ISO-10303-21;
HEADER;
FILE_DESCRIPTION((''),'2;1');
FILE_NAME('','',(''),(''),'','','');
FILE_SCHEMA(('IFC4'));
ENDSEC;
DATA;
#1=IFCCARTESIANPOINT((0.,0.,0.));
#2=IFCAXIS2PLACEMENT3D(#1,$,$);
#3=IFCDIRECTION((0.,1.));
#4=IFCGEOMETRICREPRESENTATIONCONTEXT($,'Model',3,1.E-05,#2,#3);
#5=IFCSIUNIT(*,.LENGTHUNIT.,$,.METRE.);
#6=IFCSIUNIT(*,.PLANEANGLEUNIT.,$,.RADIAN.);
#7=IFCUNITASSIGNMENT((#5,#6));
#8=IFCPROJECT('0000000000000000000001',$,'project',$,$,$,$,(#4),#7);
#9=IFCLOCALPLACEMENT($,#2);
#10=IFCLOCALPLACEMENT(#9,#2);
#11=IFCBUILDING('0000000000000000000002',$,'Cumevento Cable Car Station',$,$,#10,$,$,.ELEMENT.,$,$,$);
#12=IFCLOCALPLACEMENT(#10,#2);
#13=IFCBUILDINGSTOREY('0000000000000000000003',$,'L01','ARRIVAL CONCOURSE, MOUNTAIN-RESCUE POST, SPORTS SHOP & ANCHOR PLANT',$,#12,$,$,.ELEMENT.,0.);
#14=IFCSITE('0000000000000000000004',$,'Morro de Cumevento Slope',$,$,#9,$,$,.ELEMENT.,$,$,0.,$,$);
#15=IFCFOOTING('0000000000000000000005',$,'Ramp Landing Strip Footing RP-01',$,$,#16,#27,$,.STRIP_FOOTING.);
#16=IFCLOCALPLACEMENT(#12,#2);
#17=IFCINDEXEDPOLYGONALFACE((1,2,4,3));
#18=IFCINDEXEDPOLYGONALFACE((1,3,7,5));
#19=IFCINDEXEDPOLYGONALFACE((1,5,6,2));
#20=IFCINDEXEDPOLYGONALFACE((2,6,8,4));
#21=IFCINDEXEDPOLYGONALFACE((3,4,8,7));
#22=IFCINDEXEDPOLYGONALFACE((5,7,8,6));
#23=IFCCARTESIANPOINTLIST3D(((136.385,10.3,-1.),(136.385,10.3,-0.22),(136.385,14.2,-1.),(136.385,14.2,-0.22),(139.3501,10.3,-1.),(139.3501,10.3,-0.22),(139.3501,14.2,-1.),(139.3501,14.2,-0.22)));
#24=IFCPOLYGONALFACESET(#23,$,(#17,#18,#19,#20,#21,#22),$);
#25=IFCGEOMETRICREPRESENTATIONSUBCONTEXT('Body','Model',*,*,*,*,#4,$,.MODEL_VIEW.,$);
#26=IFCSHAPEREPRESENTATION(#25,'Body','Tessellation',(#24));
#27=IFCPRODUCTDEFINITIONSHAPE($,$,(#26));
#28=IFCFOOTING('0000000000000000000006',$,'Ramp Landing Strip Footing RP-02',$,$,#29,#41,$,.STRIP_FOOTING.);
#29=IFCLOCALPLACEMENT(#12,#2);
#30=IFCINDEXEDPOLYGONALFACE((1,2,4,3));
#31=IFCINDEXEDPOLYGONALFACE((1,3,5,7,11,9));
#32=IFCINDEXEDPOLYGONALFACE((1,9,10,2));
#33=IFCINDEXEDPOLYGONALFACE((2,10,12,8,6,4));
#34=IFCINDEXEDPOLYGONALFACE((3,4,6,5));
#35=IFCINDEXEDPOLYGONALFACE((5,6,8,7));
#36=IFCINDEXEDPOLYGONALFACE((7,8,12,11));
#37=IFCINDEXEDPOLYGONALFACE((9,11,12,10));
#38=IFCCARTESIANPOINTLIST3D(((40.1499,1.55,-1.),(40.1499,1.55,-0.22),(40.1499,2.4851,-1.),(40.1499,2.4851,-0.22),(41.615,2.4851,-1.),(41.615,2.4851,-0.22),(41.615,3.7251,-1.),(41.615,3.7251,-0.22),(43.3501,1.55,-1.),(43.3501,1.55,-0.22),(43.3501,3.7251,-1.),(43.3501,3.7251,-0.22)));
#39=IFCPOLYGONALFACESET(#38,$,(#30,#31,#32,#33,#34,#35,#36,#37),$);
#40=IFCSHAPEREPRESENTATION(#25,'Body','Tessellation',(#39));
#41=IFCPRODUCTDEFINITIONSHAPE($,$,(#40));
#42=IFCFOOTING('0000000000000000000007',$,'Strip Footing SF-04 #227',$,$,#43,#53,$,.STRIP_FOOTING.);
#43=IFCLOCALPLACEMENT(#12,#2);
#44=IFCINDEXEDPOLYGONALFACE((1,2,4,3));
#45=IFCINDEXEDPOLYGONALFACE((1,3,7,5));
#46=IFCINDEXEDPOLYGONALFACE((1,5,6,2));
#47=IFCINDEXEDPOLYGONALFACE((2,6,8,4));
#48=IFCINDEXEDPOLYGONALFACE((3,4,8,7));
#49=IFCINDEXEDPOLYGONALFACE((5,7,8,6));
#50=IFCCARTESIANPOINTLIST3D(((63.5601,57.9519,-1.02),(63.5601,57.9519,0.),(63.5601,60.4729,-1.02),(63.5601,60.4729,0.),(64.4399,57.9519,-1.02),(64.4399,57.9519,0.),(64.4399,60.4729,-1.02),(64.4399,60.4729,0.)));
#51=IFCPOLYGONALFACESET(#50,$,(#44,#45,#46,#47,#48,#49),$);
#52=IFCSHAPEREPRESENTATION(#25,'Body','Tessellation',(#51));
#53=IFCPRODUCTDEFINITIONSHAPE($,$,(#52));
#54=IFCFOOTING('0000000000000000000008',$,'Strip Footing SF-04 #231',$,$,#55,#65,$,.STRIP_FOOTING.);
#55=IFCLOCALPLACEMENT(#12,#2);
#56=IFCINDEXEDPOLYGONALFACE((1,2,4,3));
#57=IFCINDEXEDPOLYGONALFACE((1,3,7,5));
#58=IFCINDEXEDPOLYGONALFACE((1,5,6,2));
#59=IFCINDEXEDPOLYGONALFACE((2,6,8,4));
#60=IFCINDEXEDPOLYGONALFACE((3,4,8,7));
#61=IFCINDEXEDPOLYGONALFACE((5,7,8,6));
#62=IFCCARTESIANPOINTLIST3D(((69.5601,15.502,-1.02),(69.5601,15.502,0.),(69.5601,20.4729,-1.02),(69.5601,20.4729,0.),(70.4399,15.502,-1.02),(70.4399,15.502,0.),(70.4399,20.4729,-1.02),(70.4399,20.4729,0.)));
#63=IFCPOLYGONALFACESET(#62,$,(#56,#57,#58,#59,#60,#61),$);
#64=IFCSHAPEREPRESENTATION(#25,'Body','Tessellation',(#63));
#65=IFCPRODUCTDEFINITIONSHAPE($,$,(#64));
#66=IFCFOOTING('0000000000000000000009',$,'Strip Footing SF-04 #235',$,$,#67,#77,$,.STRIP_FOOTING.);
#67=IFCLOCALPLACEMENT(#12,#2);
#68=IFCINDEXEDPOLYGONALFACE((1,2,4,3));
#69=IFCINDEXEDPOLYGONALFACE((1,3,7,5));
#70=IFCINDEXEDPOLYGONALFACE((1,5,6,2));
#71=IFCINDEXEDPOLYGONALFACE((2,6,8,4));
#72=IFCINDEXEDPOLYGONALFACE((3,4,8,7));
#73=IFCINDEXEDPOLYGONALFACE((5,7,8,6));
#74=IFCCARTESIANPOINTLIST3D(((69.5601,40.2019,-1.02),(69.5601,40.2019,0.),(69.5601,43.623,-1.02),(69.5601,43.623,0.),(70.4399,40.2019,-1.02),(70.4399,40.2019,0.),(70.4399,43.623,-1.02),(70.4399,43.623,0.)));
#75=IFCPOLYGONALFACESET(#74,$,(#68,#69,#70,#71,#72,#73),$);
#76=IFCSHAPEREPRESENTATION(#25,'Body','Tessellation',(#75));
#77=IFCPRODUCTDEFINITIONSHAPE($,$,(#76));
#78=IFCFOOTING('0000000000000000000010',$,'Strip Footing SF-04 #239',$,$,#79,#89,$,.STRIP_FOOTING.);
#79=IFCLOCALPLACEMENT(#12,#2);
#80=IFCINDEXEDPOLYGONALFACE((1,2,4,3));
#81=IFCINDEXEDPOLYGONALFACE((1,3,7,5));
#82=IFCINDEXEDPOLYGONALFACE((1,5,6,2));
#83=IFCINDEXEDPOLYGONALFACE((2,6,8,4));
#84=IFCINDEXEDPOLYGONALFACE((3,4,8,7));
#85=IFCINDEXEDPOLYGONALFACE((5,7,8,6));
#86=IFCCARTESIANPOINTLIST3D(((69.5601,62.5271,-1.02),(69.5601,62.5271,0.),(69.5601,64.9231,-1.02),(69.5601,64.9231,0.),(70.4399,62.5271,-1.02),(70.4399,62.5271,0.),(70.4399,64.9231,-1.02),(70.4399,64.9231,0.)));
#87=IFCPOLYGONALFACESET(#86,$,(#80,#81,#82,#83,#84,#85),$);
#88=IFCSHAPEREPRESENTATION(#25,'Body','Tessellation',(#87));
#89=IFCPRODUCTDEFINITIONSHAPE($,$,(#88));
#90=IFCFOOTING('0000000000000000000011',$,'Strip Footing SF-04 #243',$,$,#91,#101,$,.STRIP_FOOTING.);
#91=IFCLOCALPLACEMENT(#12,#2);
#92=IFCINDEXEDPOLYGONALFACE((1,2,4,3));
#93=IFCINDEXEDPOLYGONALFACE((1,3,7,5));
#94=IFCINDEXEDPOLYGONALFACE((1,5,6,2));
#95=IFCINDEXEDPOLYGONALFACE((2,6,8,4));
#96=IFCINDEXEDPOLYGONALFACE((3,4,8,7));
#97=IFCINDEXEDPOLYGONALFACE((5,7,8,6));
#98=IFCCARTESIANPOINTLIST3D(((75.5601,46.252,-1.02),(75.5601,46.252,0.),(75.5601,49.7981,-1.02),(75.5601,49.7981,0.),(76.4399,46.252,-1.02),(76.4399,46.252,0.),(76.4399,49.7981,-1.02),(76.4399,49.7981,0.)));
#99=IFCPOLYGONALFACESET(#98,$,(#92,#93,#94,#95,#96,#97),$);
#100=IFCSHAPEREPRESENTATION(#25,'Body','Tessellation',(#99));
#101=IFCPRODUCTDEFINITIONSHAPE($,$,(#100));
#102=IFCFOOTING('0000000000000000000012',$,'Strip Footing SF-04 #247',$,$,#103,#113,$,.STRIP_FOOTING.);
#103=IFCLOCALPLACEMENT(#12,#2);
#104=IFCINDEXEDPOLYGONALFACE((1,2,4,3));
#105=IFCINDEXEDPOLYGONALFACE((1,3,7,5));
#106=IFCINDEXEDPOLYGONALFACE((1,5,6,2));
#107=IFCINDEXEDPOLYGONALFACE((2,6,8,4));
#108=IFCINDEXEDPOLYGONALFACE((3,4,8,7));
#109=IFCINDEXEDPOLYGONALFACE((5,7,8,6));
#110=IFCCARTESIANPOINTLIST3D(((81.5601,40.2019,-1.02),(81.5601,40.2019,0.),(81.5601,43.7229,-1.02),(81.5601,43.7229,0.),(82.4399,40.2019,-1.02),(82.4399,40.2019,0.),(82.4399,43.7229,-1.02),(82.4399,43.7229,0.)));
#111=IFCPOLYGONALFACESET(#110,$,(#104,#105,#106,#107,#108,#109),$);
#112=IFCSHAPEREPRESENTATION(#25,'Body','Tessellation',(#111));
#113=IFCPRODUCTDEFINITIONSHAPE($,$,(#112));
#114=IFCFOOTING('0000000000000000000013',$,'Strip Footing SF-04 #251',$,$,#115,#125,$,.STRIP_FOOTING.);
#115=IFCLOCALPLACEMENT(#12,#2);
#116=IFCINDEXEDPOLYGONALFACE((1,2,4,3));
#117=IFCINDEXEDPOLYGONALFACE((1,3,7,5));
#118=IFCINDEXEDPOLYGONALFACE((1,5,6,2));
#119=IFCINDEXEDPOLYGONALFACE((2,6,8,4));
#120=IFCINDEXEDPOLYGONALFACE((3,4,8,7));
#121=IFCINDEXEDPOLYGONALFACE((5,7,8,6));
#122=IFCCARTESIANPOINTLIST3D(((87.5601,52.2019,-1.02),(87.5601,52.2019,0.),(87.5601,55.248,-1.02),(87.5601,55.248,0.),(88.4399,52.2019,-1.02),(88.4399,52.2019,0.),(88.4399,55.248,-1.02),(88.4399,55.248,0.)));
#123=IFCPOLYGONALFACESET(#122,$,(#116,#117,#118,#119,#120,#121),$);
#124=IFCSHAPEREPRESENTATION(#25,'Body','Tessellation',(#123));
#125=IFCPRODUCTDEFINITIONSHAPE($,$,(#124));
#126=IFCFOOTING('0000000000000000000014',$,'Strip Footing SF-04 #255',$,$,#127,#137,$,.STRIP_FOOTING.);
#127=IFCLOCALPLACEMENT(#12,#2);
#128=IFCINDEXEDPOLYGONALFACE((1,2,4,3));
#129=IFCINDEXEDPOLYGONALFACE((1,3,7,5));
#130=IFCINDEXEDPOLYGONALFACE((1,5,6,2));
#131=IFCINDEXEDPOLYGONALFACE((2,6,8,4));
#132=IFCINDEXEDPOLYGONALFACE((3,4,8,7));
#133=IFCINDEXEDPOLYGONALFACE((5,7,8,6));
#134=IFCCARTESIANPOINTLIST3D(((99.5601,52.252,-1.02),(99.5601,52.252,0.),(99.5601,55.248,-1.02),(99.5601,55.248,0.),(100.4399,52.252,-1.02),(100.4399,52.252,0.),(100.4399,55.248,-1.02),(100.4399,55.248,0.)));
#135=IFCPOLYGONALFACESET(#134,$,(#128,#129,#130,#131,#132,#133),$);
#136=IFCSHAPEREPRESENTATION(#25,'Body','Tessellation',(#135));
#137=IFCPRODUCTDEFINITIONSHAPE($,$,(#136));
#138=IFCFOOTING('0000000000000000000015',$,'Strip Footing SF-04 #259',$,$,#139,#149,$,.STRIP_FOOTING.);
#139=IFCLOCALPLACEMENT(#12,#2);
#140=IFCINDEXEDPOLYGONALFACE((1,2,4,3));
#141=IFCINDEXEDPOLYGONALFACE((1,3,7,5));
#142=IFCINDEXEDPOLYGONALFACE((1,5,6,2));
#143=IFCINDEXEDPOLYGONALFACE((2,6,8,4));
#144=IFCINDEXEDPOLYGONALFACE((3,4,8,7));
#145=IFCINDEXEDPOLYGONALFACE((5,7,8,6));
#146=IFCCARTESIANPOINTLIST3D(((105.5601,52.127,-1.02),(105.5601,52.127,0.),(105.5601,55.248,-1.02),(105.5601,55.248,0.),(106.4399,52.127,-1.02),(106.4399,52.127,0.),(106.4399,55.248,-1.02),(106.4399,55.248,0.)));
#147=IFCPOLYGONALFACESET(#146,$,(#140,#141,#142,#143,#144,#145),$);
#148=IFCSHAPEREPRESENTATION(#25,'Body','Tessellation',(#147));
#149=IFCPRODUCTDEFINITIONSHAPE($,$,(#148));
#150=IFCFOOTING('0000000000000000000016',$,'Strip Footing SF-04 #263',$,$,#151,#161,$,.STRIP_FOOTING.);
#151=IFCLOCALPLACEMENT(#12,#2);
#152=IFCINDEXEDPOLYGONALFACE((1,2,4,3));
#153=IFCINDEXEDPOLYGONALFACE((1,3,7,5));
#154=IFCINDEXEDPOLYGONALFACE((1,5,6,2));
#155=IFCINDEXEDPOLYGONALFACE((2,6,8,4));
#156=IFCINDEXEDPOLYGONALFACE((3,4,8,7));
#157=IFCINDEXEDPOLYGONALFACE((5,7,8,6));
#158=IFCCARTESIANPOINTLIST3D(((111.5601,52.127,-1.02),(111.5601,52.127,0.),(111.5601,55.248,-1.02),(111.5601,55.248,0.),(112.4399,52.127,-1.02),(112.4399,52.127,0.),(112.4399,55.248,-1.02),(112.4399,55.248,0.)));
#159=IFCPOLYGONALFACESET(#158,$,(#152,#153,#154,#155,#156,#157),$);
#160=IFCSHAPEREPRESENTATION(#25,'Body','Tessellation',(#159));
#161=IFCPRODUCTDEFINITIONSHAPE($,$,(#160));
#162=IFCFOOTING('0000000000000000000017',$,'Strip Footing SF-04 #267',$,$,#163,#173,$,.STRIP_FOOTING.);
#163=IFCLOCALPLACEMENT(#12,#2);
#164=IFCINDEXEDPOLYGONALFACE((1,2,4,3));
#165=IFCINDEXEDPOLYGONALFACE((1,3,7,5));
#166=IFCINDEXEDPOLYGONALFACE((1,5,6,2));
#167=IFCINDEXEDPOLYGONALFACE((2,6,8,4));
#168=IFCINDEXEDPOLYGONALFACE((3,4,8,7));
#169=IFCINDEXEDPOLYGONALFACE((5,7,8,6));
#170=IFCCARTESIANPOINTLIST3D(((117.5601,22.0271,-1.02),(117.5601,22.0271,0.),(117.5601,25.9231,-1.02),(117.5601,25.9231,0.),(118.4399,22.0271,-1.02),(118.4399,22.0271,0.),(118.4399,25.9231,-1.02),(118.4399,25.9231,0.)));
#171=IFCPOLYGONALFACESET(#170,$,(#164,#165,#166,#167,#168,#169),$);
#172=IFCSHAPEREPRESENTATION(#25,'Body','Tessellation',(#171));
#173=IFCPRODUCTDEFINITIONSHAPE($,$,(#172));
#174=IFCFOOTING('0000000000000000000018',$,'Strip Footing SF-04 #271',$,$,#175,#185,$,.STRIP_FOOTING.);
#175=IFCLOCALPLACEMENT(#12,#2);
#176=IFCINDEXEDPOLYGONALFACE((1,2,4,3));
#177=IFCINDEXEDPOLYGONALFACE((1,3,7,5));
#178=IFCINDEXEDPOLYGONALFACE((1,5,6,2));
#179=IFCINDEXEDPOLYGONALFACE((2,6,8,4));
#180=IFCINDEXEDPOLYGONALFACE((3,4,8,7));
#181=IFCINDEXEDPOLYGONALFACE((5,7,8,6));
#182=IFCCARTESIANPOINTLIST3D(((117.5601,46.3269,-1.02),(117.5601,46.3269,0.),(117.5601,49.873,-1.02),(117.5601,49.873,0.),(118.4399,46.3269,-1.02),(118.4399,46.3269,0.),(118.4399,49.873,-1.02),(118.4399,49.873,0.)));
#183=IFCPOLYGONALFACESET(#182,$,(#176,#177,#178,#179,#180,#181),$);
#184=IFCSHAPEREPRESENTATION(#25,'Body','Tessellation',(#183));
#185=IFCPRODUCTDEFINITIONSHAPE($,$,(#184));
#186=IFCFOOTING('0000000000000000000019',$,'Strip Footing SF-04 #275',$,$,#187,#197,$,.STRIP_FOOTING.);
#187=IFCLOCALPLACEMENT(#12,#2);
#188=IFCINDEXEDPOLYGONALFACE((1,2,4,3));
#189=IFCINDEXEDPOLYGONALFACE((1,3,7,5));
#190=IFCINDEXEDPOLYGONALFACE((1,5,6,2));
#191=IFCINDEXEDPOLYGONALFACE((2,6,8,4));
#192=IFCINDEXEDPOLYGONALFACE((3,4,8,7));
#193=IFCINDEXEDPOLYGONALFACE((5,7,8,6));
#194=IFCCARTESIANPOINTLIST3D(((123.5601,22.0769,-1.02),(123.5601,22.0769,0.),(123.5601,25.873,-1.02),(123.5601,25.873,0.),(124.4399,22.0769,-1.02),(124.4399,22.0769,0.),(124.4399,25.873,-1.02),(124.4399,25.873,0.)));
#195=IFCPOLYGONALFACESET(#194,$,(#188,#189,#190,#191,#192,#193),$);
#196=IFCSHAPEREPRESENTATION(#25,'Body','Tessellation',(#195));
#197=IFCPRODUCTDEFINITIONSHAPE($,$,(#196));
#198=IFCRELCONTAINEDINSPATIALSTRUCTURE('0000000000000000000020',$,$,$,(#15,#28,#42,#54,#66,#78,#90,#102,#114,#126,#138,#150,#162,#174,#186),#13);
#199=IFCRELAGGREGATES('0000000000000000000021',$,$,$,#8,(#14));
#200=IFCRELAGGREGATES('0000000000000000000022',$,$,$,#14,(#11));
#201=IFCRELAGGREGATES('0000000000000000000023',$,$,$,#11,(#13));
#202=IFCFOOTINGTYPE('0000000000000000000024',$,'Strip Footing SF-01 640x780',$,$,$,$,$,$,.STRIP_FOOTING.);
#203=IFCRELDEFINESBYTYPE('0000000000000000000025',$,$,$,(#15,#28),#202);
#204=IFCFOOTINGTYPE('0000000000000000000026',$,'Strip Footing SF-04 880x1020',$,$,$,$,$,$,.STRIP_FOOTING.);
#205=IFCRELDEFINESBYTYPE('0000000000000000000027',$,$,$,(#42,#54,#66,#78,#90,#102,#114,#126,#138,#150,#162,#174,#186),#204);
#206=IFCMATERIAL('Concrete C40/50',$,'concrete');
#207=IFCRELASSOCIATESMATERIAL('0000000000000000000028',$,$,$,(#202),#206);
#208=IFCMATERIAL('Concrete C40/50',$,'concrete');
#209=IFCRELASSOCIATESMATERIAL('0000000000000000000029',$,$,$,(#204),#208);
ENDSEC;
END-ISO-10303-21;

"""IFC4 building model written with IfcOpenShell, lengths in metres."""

from ifc_helpers import new_model, si_unit, direction, frame, origin, place, context, subcontext, project, spatial, polyline, outline, extrude, material, type_object, element, save


model = new_model("IFC4")

# Units and contexts
model_context = context("Model", 3, precision=1e-05, world=origin(), true_north=direction((0.0, 1.0)))
body_context = subcontext(model_context, "Body", "Model", "MODEL_VIEW")
ifc_project = project(units=[si_unit("LENGTHUNIT", "METRE"), si_unit("PLANEANGLEUNIT", "RADIAN")], contexts=[model_context])

# Site, building, storey
site_placement = place(None, origin())
site = spatial("IfcSite", under=ifc_project, at=site_placement, Name="Morro de Cumevento Slope", CompositionType="ELEMENT", RefElevation=0.0)
building_placement = place(site_placement, origin())
building = spatial("IfcBuilding", under=site, at=building_placement, Name="Cumevento Cable Car Station", CompositionType="ELEMENT")
storey_placement = place(building_placement, origin())
storey = spatial("IfcBuildingStorey", under=building, at=storey_placement, Name="L01", Description="ARRIVAL CONCOURSE, MOUNTAIN-RESCUE POST, SPORTS SHOP & ANCHOR PLANT", CompositionType="ELEMENT", Elevation=0.0)

# Footings
ifc_material_1 = material(Name="Concrete C40/50", Category="concrete")
footing_type_1 = type_object("IfcFootingType", Name="Strip Footing SF-01 640x780", PredefinedType="STRIP_FOOTING", material=ifc_material_1)
footing_1_placement = place(storey_placement, frame((0.0, 0.0, -1.0)))
element("IfcFooting", 1, at=footing_1_placement, inside=storey, type_object=footing_type_1, Name="Ramp Landing Strip Footing RP-01", PredefinedType="STRIP_FOOTING", context=body_context, shape_type="SweptSolid", body=[
    extrude(outline(polyline([(139.3501, 14.2), (139.3501, 10.3), (136.385, 10.3), (136.385, 14.2), (139.3501, 14.2)])), origin(), (0.0, 0.0, 1.0), 0.78),
])
footing_2_placement = place(storey_placement, frame((0.0, 0.0, -1.0)))
element("IfcFooting", 2, at=footing_2_placement, inside=storey, type_object=footing_type_1, Name="Ramp Landing Strip Footing RP-02", PredefinedType="STRIP_FOOTING", context=body_context, shape_type="SweptSolid", body=[
    extrude(outline(polyline([(43.3501, 1.55), (40.1499, 1.55), (40.1499, 2.4851), (41.615, 2.4851), (41.615, 3.7251), (43.3501, 3.7251), (43.3501, 1.55)])), origin(), (0.0, 0.0, 1.0), 0.78),
])
ifc_material_2 = material(Name="Concrete C40/50", Category="concrete")
footing_type_2 = type_object("IfcFootingType", Name="Strip Footing SF-04 880x1020", PredefinedType="STRIP_FOOTING", material=ifc_material_2)
footing_3_placement = place(storey_placement, frame((0.0, 0.0, -1.02)))
element("IfcFooting", 3, at=footing_3_placement, inside=storey, type_object=footing_type_2, Name="Strip Footing SF-04 #227", PredefinedType="STRIP_FOOTING", context=body_context, shape_type="SweptSolid", body=[
    extrude(outline(polyline([(63.5601, 57.9519), (64.4399, 57.9519), (64.4399, 60.4729), (63.5601, 60.4729), (63.5601, 57.9519)])), origin(), (0.0, 0.0, 1.0), 1.02),
])
footing_4_placement = place(storey_placement, frame((0.0, 0.0, -1.02)))
element("IfcFooting", 4, at=footing_4_placement, inside=storey, type_object=footing_type_2, Name="Strip Footing SF-04 #231", PredefinedType="STRIP_FOOTING", context=body_context, shape_type="SweptSolid", body=[
    extrude(outline(polyline([(69.5601, 15.502), (70.4399, 15.502), (70.4399, 20.4729), (69.5601, 20.4729), (69.5601, 15.502)])), origin(), (0.0, 0.0, 1.0), 1.02),
])
footing_5_placement = place(storey_placement, frame((0.0, 0.0, -1.02)))
element("IfcFooting", 5, at=footing_5_placement, inside=storey, type_object=footing_type_2, Name="Strip Footing SF-04 #235", PredefinedType="STRIP_FOOTING", context=body_context, shape_type="SweptSolid", body=[
    extrude(outline(polyline([(69.5601, 40.2019), (70.4399, 40.2019), (70.4399, 43.623), (69.5601, 43.623), (69.5601, 40.2019)])), origin(), (0.0, 0.0, 1.0), 1.02),
])
footing_6_placement = place(storey_placement, frame((0.0, 0.0, -1.02)))
element("IfcFooting", 6, at=footing_6_placement, inside=storey, type_object=footing_type_2, Name="Strip Footing SF-04 #239", PredefinedType="STRIP_FOOTING", context=body_context, shape_type="SweptSolid", body=[
    extrude(outline(polyline([(69.5601, 62.5271), (70.4399, 62.5271), (70.4399, 64.9231), (69.5601, 64.9231), (69.5601, 62.5271)])), origin(), (0.0, 0.0, 1.0), 1.02),
])
footing_7_placement = place(storey_placement, frame((0.0, 0.0, -1.02)))
element("IfcFooting", 7, at=footing_7_placement, inside=storey, type_object=footing_type_2, Name="Strip Footing SF-04 #243", PredefinedType="STRIP_FOOTING", context=body_context, shape_type="SweptSolid", body=[
    extrude(outline(polyline([(75.5601, 46.252), (76.4399, 46.252), (76.4399, 49.7981), (75.5601, 49.7981), (75.5601, 46.252)])), origin(), (0.0, 0.0, 1.0), 1.02),
])
footing_8_placement = place(storey_placement, frame((0.0, 0.0, -1.02)))
element("IfcFooting", 8, at=footing_8_placement, inside=storey, type_object=footing_type_2, Name="Strip Footing SF-04 #247", PredefinedType="STRIP_FOOTING", context=body_context, shape_type="SweptSolid", body=[
    extrude(outline(polyline([(81.5601, 40.2019), (82.4399, 40.2019), (82.4399, 43.7229), (81.5601, 43.7229), (81.5601, 40.2019)])), origin(), (0.0, 0.0, 1.0), 1.02),
])
footing_9_placement = place(storey_placement, frame((0.0, 0.0, -1.02)))
element("IfcFooting", 9, at=footing_9_placement, inside=storey, type_object=footing_type_2, Name="Strip Footing SF-04 #251", PredefinedType="STRIP_FOOTING", context=body_context, shape_type="SweptSolid", body=[
    extrude(outline(polyline([(87.5601, 52.2019), (88.4399, 52.2019), (88.4399, 55.248), (87.5601, 55.248), (87.5601, 52.2019)])), origin(), (0.0, 0.0, 1.0), 1.02),
])
footing_10_placement = place(storey_placement, frame((0.0, 0.0, -1.02)))
element("IfcFooting", 10, at=footing_10_placement, inside=storey, type_object=footing_type_2, Name="Strip Footing SF-04 #255", PredefinedType="STRIP_FOOTING", context=body_context, shape_type="SweptSolid", body=[
    extrude(outline(polyline([(99.5601, 52.252), (100.4399, 52.252), (100.4399, 55.248), (99.5601, 55.248), (99.5601, 52.252)])), origin(), (0.0, 0.0, 1.0), 1.02),
])
footing_11_placement = place(storey_placement, frame((0.0, 0.0, -1.02)))
element("IfcFooting", 11, at=footing_11_placement, inside=storey, type_object=footing_type_2, Name="Strip Footing SF-04 #259", PredefinedType="STRIP_FOOTING", context=body_context, shape_type="SweptSolid", body=[
    extrude(outline(polyline([(105.5601, 52.127), (106.4399, 52.127), (106.4399, 55.248), (105.5601, 55.248), (105.5601, 52.127)])), origin(), (0.0, 0.0, 1.0), 1.02),
])
footing_12_placement = place(storey_placement, frame((0.0, 0.0, -1.02)))
element("IfcFooting", 12, at=footing_12_placement, inside=storey, type_object=footing_type_2, Name="Strip Footing SF-04 #263", PredefinedType="STRIP_FOOTING", context=body_context, shape_type="SweptSolid", body=[
    extrude(outline(polyline([(111.5601, 52.127), (112.4399, 52.127), (112.4399, 55.248), (111.5601, 55.248), (111.5601, 52.127)])), origin(), (0.0, 0.0, 1.0), 1.02),
])
footing_13_placement = place(storey_placement, frame((0.0, 0.0, -1.02)))
element("IfcFooting", 13, at=footing_13_placement, inside=storey, type_object=footing_type_2, Name="Strip Footing SF-04 #267", PredefinedType="STRIP_FOOTING", context=body_context, shape_type="SweptSolid", body=[
    extrude(outline(polyline([(117.5601, 22.0271), (118.4399, 22.0271), (118.4399, 25.9231), (117.5601, 25.9231), (117.5601, 22.0271)])), origin(), (0.0, 0.0, 1.0), 1.02),
])
footing_14_placement = place(storey_placement, frame((0.0, 0.0, -1.02)))
element("IfcFooting", 14, at=footing_14_placement, inside=storey, type_object=footing_type_2, Name="Strip Footing SF-04 #271", PredefinedType="STRIP_FOOTING", context=body_context, shape_type="SweptSolid", body=[
    extrude(outline(polyline([(117.5601, 46.3269), (118.4399, 46.3269), (118.4399, 49.873), (117.5601, 49.873), (117.5601, 46.3269)])), origin(), (0.0, 0.0, 1.0), 1.02),
])
footing_15_placement = place(storey_placement, frame((0.0, 0.0, -1.02)))
element("IfcFooting", 15, at=footing_15_placement, inside=storey, type_object=footing_type_2, Name="Strip Footing SF-04 #275", PredefinedType="STRIP_FOOTING", context=body_context, shape_type="SweptSolid", body=[
    extrude(outline(polyline([(123.5601, 22.0769), (124.4399, 22.0769), (124.4399, 25.873), (123.5601, 25.873), (123.5601, 22.0769)])), origin(), (0.0, 0.0, 1.0), 1.02),
])

save(model, "model.ifc")
